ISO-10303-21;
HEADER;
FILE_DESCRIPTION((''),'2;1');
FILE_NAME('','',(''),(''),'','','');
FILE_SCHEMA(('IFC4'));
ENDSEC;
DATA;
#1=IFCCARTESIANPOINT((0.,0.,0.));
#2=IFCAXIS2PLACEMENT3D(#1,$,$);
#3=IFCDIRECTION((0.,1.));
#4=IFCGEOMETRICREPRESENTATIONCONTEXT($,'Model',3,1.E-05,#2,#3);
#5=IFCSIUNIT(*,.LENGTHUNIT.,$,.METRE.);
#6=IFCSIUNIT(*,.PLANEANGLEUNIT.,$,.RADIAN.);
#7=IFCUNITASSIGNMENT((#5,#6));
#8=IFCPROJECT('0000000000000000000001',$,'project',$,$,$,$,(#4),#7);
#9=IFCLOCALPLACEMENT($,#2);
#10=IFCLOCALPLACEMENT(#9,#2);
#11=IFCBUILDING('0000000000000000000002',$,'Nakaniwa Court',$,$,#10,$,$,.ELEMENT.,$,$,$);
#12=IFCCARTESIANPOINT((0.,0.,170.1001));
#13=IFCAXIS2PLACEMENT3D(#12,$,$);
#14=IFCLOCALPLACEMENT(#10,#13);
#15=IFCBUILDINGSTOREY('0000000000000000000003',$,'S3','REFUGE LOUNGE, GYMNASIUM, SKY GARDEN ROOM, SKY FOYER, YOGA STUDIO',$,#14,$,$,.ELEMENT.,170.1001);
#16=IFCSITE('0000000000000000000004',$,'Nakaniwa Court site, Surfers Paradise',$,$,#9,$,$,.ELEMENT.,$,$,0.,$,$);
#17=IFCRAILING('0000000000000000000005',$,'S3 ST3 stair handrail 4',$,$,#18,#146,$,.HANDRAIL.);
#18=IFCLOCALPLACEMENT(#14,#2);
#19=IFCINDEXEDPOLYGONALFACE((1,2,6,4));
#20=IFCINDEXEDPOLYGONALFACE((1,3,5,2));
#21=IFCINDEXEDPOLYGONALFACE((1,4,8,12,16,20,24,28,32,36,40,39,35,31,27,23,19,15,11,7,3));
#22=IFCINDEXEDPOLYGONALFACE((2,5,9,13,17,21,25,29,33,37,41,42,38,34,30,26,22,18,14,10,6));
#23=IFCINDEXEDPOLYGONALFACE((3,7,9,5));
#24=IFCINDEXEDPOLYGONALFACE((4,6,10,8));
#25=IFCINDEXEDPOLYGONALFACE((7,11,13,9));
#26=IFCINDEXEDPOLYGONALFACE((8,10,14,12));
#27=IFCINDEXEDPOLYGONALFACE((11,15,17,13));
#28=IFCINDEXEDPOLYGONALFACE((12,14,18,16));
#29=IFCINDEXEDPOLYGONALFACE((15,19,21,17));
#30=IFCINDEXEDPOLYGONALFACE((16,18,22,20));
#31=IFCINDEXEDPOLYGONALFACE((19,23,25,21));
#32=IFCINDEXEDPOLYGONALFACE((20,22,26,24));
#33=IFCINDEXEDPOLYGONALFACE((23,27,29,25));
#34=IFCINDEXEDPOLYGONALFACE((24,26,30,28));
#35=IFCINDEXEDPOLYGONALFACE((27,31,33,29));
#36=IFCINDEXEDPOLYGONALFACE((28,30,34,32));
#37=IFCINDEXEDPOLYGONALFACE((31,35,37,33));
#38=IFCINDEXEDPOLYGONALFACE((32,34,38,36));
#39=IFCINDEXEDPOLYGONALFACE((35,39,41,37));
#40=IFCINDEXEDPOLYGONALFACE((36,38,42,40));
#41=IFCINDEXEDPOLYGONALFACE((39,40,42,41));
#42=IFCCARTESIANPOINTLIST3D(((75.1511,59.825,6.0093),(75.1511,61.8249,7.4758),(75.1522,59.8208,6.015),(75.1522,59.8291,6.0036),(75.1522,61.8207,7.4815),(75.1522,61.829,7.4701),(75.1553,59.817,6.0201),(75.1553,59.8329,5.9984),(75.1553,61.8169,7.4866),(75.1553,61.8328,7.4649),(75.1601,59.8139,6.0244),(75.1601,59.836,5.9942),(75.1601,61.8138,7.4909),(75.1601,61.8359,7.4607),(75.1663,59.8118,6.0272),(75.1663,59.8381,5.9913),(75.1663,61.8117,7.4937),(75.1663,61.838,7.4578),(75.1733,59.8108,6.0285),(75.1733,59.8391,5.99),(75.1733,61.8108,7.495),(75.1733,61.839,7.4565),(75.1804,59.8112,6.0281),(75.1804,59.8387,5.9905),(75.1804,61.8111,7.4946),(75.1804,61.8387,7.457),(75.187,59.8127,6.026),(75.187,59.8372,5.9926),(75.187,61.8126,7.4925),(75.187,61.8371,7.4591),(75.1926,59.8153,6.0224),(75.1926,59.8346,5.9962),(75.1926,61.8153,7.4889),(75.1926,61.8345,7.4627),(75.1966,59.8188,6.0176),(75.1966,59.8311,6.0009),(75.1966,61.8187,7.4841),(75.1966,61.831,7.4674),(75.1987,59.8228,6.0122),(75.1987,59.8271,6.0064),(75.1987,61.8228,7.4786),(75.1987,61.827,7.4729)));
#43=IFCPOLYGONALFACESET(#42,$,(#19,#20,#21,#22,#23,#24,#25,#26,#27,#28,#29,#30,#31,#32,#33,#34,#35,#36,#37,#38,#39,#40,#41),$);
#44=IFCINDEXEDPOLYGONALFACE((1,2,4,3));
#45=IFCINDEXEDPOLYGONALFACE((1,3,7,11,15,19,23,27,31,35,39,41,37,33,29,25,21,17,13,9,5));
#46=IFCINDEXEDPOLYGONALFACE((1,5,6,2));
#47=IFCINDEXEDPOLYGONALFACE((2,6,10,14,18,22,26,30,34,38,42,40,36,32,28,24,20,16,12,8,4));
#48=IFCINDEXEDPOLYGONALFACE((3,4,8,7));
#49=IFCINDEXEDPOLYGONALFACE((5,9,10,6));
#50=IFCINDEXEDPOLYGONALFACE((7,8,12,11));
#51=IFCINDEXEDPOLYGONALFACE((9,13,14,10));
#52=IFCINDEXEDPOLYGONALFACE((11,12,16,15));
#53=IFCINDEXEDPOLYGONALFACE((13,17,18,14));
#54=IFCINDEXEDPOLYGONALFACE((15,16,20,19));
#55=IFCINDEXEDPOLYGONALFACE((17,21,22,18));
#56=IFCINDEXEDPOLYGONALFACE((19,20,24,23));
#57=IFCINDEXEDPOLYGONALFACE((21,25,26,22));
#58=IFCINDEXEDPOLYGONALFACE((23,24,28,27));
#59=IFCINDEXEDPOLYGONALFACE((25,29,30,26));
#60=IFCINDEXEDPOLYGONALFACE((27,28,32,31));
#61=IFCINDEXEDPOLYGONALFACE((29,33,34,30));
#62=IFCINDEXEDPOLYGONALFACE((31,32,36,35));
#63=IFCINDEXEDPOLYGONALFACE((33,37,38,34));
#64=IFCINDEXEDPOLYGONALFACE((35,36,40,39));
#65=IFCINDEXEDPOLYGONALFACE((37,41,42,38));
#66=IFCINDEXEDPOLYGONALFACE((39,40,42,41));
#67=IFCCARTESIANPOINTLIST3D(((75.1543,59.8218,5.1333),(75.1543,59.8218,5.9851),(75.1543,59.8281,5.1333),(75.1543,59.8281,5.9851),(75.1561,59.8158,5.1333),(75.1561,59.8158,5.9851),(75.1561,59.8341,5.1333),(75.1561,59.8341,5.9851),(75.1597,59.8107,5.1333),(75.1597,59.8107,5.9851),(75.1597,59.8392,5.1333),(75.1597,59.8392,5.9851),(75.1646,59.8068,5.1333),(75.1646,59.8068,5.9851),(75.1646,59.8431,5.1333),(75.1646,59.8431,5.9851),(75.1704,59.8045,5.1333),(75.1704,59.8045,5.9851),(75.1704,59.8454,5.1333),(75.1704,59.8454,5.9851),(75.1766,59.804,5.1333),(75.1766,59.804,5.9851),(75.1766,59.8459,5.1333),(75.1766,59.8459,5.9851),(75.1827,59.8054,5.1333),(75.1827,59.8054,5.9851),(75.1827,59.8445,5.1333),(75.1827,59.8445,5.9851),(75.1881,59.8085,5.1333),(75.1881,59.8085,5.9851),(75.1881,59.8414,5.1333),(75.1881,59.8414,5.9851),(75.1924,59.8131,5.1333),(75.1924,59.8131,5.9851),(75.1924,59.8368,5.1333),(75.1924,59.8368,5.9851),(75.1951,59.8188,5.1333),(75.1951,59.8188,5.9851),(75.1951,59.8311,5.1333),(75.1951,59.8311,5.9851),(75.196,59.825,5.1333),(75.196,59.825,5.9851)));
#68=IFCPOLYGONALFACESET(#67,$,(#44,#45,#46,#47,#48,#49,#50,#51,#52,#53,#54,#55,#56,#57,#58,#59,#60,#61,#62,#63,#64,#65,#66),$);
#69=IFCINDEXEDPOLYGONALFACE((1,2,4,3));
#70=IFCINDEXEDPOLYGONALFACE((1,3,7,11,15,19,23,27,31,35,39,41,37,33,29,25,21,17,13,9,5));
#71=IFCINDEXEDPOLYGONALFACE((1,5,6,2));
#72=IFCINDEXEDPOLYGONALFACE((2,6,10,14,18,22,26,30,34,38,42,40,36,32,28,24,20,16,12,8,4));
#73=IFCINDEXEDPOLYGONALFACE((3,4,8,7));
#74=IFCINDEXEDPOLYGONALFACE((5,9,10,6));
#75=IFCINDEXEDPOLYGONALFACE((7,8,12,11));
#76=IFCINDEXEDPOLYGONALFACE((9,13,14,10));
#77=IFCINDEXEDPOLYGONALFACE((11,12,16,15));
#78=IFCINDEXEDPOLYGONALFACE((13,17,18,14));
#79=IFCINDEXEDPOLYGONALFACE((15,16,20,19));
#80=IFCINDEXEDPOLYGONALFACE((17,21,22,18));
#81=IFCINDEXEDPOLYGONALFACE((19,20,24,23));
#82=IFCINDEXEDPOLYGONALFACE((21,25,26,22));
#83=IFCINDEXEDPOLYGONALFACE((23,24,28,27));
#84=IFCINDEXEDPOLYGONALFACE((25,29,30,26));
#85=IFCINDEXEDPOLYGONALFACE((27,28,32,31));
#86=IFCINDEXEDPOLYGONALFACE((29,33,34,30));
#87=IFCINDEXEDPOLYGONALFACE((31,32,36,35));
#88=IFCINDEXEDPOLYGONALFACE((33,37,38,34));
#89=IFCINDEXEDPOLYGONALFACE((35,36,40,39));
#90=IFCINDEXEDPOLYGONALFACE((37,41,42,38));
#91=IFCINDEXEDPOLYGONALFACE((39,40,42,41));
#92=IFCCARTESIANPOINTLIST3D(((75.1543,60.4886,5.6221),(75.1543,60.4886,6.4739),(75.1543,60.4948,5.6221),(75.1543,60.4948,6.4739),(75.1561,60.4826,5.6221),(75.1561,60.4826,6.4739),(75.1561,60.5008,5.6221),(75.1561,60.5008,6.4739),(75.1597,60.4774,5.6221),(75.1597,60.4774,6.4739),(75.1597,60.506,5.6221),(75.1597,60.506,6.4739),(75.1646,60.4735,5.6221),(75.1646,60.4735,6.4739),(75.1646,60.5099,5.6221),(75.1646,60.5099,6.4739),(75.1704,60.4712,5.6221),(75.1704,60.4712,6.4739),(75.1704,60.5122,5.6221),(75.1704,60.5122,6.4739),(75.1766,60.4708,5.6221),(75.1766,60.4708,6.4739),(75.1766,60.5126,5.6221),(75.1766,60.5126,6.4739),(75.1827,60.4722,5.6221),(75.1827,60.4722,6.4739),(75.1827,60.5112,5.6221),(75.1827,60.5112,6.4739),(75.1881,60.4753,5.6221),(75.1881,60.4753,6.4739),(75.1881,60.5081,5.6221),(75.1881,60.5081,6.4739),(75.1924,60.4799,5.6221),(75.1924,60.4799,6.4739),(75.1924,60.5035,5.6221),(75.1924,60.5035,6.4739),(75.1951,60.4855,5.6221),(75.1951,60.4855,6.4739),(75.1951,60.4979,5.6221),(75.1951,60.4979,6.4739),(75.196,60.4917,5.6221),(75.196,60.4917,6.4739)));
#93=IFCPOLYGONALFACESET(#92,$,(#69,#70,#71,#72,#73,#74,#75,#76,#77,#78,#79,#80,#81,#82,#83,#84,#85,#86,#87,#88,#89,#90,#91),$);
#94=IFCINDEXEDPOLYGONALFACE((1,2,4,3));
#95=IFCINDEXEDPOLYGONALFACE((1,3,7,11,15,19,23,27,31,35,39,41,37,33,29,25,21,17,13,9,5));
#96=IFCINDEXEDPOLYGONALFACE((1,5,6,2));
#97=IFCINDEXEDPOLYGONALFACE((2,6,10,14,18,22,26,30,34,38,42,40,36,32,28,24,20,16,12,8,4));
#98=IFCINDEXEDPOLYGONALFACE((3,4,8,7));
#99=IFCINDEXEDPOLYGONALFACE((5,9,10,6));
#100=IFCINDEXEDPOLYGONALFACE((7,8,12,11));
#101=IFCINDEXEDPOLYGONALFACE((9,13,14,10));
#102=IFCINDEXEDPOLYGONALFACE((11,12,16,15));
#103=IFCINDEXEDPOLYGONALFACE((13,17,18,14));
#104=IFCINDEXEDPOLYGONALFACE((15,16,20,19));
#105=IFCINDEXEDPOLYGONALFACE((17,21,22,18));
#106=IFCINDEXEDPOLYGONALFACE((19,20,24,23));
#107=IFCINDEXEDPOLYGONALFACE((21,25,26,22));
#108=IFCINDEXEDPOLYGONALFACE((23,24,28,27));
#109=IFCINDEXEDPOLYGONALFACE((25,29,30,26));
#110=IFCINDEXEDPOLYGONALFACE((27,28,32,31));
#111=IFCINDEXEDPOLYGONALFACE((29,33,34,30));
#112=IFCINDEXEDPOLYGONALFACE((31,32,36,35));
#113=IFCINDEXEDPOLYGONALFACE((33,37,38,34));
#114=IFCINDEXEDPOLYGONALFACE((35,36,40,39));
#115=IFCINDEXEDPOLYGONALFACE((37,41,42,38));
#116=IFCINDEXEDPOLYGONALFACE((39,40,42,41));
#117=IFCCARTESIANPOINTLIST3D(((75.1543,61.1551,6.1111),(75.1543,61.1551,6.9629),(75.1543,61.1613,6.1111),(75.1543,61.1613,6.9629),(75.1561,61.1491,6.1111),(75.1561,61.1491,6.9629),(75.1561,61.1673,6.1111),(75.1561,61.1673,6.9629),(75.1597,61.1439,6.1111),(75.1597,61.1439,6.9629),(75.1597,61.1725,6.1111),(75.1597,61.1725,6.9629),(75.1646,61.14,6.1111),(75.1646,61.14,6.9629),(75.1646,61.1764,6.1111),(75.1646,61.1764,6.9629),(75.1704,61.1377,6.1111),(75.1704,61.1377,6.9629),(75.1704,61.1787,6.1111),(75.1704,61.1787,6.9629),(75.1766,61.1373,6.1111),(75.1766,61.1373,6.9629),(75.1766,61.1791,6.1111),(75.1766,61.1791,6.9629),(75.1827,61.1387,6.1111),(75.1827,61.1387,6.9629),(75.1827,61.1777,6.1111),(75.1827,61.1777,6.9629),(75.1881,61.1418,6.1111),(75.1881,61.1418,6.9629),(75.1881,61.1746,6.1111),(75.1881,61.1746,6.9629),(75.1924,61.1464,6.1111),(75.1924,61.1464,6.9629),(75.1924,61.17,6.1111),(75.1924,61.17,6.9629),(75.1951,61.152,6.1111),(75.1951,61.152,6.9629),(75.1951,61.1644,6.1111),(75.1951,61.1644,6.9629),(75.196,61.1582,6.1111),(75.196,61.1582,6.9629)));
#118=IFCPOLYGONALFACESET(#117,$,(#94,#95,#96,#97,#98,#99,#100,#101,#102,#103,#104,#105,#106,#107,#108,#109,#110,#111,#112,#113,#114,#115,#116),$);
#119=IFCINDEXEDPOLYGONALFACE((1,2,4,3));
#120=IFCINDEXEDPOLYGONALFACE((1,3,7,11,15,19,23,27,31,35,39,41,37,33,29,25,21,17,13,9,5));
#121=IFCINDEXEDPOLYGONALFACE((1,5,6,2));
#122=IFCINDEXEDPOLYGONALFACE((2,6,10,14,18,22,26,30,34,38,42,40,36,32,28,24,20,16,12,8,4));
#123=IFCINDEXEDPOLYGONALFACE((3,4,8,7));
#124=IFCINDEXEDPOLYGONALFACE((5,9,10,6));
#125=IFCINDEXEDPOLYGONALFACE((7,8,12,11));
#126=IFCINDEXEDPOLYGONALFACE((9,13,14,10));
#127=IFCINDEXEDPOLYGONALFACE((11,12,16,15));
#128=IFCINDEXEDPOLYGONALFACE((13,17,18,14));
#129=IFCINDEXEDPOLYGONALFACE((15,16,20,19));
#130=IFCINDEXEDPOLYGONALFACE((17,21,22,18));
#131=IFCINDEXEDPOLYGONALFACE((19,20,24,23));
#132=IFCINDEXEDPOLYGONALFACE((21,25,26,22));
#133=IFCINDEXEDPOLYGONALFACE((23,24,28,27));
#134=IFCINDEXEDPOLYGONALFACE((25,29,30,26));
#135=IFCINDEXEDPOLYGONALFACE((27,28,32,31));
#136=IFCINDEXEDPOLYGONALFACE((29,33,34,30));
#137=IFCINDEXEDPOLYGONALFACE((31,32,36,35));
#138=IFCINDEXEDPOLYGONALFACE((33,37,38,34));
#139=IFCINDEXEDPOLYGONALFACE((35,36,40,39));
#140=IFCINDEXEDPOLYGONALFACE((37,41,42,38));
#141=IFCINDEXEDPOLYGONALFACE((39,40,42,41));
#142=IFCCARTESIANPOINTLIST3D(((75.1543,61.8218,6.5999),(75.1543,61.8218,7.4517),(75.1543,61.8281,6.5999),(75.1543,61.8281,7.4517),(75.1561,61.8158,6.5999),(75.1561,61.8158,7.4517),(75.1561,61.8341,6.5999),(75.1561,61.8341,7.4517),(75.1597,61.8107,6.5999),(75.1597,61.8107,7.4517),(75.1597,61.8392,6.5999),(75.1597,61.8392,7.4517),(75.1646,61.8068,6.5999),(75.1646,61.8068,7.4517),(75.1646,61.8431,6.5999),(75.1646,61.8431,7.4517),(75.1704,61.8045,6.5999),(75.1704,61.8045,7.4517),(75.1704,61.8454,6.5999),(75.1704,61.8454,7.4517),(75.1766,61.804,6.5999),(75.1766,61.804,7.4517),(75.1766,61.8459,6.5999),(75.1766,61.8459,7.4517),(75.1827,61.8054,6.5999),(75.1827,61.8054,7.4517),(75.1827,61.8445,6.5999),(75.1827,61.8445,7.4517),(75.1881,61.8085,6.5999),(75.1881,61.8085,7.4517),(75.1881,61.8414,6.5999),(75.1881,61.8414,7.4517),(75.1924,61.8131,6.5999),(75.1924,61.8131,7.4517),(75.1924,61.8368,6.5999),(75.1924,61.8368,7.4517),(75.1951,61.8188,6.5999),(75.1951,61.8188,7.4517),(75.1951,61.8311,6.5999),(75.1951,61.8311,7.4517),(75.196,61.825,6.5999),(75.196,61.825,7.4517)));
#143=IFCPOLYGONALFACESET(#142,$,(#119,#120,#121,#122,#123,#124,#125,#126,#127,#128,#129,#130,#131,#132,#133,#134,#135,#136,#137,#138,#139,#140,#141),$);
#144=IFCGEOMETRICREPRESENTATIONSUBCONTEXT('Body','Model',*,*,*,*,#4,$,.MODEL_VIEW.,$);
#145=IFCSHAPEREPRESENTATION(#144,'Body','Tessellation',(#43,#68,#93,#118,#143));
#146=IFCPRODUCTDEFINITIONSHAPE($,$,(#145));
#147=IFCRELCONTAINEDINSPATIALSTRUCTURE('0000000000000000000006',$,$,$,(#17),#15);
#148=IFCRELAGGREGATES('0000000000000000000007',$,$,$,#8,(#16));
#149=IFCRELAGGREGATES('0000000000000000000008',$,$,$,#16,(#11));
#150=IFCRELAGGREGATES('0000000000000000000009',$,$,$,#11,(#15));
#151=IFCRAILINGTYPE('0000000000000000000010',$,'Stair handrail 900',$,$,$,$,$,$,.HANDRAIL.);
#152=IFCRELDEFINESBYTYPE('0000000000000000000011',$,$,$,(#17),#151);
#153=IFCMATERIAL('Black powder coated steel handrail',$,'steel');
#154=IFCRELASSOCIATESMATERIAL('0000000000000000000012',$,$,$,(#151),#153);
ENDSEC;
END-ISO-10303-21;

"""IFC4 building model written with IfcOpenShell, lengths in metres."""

from ifc_helpers import new_model, si_unit, direction, frame, origin, origin_2d, place, context, subcontext, project, spatial, circle, extrude, material, type_object, element, save


model = new_model("IFC4")

# Units and contexts
model_context = context("Model", 3, precision=1e-05, world=origin(), true_north=direction((0.0, 1.0)))
body_context = subcontext(model_context, "Body", "Model", "MODEL_VIEW")
ifc_project = project(units=[si_unit("LENGTHUNIT", "METRE"), si_unit("PLANEANGLEUNIT", "RADIAN")], contexts=[model_context])

# Site, building, storey
site_placement = place(None, origin())
site = spatial("IfcSite", under=ifc_project, at=site_placement, Name="Nakaniwa Court site, Surfers Paradise", CompositionType="ELEMENT", RefElevation=0.0)
building_placement = place(site_placement, origin())
building = spatial("IfcBuilding", under=site, at=building_placement, Name="Nakaniwa Court", CompositionType="ELEMENT")
storey_placement = place(building_placement, frame((0.0, 0.0, 170.1001)))
storey = spatial("IfcBuildingStorey", under=building, at=storey_placement, Name="S3", Description="REFUGE LOUNGE, GYMNASIUM, SKY GARDEN ROOM, SKY FOYER, YOGA STUDIO", CompositionType="ELEMENT", Elevation=170.1001)

# Railing
ifc_material_1 = material(Name="Black powder coated steel handrail", Category="steel")
railing_type_1 = type_object("IfcRailingType", Name="Stair handrail 900", PredefinedType="HANDRAIL", material=ifc_material_1)
railing_1_placement = place(storey_placement, frame((75.175, 59.825, 5.1333)))
element("IfcRailing", 1, at=railing_1_placement, inside=storey, type_object=railing_type_1, Name="S3 ST3 stair handrail 4", PredefinedType="HANDRAIL", context=body_context, shape_type="SweptSolid", body=[
    extrude(circle(Radius=0.0239, at=origin_2d()), frame((0.0, 0.0, 0.876), z_axis=(0.0, 0.806427, 0.591334), x_axis=(-1.0, 0.0, 0.0)), (0.0, 0.0, 1.0), 2.48),
    extrude(circle(Radius=0.021, at=origin_2d()), origin(), (0.0, 0.0, 1.0), 0.8518),
    extrude(circle(Radius=0.021, at=origin_2d()), frame((0.0, 0.6667, 0.4888)), (0.0, 0.0, 1.0), 0.8518),
    extrude(circle(Radius=0.021, at=origin_2d()), frame((0.0, 1.3333, 0.9778)), (0.0, 0.0, 1.0), 0.8518),
    extrude(circle(Radius=0.021, at=origin_2d()), frame((0.0, 2.0, 1.4666)), (0.0, 0.0, 1.0), 0.8518),
])

save(model, "model.ifc")
